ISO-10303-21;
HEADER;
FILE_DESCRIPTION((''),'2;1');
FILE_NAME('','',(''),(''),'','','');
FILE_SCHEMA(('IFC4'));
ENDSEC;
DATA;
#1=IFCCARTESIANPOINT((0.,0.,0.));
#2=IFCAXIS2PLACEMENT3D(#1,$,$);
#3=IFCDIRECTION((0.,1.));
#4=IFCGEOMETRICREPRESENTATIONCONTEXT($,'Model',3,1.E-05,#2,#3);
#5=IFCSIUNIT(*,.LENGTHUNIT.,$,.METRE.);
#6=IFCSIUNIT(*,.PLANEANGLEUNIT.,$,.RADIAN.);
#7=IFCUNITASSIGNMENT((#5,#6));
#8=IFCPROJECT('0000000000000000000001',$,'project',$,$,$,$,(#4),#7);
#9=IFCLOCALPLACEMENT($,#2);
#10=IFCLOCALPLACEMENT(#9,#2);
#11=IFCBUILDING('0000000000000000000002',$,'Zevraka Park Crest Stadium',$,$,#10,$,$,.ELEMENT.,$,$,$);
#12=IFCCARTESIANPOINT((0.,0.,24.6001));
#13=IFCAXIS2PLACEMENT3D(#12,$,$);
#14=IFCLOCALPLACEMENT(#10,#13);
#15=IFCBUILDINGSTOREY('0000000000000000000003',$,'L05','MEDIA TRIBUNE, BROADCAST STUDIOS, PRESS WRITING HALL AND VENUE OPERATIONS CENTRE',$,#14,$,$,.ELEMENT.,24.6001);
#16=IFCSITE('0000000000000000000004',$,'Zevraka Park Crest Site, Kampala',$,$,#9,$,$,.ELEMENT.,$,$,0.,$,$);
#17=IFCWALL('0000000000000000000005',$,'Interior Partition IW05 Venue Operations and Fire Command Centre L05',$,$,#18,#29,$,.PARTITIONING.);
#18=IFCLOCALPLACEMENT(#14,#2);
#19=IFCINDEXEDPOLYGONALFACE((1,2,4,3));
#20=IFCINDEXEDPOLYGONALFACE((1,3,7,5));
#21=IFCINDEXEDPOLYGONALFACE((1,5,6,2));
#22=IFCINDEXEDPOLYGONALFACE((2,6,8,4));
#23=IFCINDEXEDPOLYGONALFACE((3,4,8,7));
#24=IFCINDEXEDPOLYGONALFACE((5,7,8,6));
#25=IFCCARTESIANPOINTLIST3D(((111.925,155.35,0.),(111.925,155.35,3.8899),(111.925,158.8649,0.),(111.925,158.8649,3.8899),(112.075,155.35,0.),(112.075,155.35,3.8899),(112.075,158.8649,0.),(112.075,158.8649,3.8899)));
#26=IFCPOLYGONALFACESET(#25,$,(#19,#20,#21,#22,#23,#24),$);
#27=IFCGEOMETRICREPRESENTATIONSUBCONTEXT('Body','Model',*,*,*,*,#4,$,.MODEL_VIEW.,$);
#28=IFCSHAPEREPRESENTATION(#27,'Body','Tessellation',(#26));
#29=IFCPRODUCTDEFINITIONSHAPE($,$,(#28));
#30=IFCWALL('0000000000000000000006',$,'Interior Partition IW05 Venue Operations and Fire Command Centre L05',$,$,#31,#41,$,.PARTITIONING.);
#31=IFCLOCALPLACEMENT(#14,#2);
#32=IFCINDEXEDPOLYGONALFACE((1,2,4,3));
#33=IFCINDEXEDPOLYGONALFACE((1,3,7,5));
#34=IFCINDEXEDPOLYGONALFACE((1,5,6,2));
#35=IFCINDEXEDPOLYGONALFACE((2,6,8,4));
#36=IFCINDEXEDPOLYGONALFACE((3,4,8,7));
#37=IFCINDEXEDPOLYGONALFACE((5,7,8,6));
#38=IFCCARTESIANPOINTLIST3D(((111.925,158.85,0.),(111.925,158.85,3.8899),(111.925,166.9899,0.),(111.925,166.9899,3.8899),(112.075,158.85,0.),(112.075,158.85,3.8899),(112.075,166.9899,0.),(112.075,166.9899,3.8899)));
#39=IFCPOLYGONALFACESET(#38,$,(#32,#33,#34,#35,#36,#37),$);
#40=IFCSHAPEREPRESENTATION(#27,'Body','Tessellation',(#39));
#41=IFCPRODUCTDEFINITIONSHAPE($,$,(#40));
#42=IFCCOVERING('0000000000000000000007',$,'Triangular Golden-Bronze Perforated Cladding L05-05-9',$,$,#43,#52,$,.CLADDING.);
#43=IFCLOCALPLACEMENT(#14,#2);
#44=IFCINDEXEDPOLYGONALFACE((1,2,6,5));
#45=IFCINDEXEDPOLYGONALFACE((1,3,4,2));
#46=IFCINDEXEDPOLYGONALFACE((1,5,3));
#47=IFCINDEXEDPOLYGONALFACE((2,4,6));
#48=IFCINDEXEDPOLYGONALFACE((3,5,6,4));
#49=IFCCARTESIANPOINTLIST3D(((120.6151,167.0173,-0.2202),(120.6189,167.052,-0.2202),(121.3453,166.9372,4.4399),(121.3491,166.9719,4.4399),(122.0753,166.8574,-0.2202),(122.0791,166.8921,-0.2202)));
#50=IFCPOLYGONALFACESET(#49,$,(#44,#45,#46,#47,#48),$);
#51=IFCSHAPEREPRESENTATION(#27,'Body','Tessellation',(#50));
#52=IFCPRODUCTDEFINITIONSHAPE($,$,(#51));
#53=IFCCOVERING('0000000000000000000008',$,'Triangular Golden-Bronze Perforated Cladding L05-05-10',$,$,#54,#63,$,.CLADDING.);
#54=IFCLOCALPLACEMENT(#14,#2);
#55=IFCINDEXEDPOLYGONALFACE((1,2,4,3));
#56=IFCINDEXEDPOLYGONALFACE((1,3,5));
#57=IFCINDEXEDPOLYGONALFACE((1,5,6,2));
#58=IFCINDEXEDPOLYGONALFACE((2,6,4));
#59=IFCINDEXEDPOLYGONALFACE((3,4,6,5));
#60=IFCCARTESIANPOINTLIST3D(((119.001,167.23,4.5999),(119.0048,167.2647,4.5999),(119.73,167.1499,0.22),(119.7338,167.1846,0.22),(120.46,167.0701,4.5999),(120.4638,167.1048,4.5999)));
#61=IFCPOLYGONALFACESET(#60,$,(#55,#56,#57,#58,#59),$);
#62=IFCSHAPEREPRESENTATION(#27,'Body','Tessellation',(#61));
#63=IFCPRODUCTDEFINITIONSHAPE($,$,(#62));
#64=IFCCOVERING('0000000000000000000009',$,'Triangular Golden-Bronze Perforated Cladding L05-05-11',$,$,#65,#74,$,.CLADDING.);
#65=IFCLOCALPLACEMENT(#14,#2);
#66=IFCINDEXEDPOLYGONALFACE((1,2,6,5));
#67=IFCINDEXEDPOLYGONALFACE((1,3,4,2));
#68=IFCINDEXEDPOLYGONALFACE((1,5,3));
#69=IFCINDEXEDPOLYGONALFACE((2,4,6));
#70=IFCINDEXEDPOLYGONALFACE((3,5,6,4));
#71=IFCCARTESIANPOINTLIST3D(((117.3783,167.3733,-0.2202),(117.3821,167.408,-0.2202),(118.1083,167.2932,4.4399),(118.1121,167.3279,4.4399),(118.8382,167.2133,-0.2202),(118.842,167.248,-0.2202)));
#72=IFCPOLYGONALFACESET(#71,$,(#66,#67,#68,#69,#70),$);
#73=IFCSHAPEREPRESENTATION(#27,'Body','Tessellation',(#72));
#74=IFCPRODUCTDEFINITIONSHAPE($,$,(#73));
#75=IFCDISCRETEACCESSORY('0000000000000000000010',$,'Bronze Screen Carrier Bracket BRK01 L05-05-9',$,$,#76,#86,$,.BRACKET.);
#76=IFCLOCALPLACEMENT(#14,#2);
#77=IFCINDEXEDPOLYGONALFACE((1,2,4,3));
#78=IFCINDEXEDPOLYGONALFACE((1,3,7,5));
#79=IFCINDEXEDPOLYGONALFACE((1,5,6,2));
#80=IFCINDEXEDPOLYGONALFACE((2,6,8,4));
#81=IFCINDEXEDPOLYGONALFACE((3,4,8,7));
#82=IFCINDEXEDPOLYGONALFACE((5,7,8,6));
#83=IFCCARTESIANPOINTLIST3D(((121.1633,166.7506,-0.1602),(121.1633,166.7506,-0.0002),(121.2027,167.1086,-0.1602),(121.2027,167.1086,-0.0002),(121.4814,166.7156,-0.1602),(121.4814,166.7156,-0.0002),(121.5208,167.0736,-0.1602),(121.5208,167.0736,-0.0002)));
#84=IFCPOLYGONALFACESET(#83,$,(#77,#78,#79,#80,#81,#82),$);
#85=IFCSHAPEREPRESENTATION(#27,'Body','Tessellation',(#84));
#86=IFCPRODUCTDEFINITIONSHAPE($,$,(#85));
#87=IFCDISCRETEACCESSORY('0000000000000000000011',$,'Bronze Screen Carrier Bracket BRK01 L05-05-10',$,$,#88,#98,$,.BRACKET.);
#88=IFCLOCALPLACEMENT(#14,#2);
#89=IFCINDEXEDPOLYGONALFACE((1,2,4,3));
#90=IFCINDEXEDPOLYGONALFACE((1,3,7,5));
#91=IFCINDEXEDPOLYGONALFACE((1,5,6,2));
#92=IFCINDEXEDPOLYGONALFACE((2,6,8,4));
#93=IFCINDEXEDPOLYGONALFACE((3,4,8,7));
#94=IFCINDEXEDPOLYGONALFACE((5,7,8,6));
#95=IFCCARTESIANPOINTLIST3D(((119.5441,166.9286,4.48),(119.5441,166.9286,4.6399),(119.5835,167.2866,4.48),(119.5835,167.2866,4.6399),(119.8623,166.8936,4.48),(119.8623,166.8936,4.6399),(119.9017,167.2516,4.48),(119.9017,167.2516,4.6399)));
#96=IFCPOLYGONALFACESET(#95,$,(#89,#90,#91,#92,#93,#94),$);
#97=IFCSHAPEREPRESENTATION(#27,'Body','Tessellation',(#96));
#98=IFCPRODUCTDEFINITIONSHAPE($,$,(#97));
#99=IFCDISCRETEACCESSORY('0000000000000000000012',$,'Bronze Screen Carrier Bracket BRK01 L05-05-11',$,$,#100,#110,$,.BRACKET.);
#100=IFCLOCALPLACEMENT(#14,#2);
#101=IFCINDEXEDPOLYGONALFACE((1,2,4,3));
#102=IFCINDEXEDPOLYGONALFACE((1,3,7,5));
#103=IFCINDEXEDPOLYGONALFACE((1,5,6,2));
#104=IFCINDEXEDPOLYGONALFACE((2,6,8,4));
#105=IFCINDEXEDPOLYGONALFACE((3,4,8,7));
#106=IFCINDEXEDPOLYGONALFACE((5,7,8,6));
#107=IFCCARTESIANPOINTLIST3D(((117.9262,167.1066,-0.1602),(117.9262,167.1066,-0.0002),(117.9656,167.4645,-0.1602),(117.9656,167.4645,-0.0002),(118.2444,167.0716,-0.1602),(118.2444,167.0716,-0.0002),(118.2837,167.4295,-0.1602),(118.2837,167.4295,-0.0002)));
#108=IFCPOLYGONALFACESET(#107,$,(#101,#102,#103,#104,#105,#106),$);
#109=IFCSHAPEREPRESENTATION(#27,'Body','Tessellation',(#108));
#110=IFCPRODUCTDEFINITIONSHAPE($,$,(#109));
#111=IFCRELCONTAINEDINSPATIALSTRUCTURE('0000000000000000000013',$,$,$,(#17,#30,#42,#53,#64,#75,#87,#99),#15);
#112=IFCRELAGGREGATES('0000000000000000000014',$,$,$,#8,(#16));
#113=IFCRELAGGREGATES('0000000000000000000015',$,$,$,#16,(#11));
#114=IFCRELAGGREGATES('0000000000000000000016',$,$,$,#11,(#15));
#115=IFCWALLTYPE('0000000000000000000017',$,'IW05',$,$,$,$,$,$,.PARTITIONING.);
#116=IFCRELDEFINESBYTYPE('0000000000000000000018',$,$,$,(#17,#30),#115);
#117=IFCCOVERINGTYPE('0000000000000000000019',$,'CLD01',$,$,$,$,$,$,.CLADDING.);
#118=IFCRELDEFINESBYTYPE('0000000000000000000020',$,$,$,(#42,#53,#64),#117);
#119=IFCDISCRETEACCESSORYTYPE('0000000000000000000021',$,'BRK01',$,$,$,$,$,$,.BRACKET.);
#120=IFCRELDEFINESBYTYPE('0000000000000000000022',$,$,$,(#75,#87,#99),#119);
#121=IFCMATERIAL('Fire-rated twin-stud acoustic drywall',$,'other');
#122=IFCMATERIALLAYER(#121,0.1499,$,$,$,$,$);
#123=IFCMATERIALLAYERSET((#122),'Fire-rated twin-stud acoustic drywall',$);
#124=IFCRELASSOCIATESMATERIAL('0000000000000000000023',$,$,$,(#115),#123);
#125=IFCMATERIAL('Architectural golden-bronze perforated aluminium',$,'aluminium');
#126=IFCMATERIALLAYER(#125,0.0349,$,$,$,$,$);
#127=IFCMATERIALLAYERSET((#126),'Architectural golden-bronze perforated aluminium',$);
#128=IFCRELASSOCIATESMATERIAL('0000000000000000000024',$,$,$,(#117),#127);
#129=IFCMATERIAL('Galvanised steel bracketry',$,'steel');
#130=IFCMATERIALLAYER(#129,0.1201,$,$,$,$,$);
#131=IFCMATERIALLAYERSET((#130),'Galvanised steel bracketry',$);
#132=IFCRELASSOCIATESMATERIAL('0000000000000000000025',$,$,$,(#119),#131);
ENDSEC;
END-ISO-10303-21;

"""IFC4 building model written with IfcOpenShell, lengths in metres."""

from ifc_helpers import new_model, si_unit, direction, frame, frame_2d, origin, origin_2d, place, context, subcontext, project, spatial, polyline, rectangle, outline, extrude, material, layer, layer_set, type_object, element, save


model = new_model("IFC4")

# Units and contexts
model_context = context("Model", 3, precision=1e-05, world=origin(), true_north=direction((0.0, 1.0)))
body_context = subcontext(model_context, "Body", "Model", "MODEL_VIEW")
ifc_project = project(units=[si_unit("LENGTHUNIT", "METRE"), si_unit("PLANEANGLEUNIT", "RADIAN")], contexts=[model_context])

# Site, building, storey
site_placement = place(None, origin())
site = spatial("IfcSite", under=ifc_project, at=site_placement, Name="Zevraka Park Crest Site, Kampala", CompositionType="ELEMENT", RefElevation=0.0)
building_placement = place(site_placement, origin())
building = spatial("IfcBuilding", under=site, at=building_placement, Name="Zevraka Park Crest Stadium", CompositionType="ELEMENT")
storey_placement = place(building_placement, frame((0.0, 0.0, 24.6001)))
storey = spatial("IfcBuildingStorey", under=building, at=storey_placement, Name="L05", Description="MEDIA TRIBUNE, BROADCAST STUDIOS, PRESS WRITING HALL AND VENUE OPERATIONS CENTRE", CompositionType="ELEMENT", Elevation=24.6001)

# Walls
ifc_material_1 = material(Name="Fire-rated twin-stud acoustic drywall", Category="other")
ifc_layer_1 = layer(ifc_material_1, 0.1499)
ifc_layer_set_1 = layer_set([ifc_layer_1], Name="Fire-rated twin-stud acoustic drywall")
wall_type = type_object("IfcWallType", Name="IW05", PredefinedType="PARTITIONING", material=ifc_layer_set_1)
wall_1_placement = place(storey_placement, frame((112.0, 155.3501, 0.0), z_axis=(0.0, 0.0, 1.0), x_axis=(0.0, 1.0, 0.0)))
element("IfcWall", 1, at=wall_1_placement, inside=storey, type_object=wall_type, Name="Interior Partition IW05 Venue Operations and Fire Command Centre L05", PredefinedType="PARTITIONING", context=body_context, shape_type="SweptSolid", body=[
    extrude(rectangle(XDim=3.5149, YDim=0.1499, at=frame_2d((1.7573, 0.0))), origin(), (0.0, 0.0, 1.0), 3.8899),
])
wall_2_placement = place(storey_placement, frame((112.0, 158.8501, 0.0), z_axis=(0.0, 0.0, 1.0), x_axis=(0.0, 1.0, 0.0)))
element("IfcWall", 2, at=wall_2_placement, inside=storey, type_object=wall_type, Name="Interior Partition IW05 Venue Operations and Fire Command Centre L05", PredefinedType="PARTITIONING", context=body_context, shape_type="SweptSolid", body=[
    extrude(rectangle(XDim=8.1399, YDim=0.1499, at=frame_2d((4.0698, 0.0))), origin(), (0.0, 0.0, 1.0), 3.8899),
])

# Coverings
ifc_material_2 = material(Name="Architectural golden-bronze perforated aluminium", Category="aluminium")
ifc_layer_2 = layer(ifc_material_2, 0.0349)
ifc_layer_set_2 = layer_set([ifc_layer_2], Name="Architectural golden-bronze perforated aluminium")
covering_type = type_object("IfcCoveringType", Name="CLD01", PredefinedType="CLADDING", material=ifc_layer_set_2)
covering_1_placement = place(storey_placement, frame((122.0791, 166.8921, -0.2202), z_axis=(0.108863, 0.994057, 0.000023), x_axis=(-0.994057, 0.108863, 0.0)))
element("IfcCovering", 3, at=covering_1_placement, inside=storey, type_object=covering_type, Name="Triangular Golden-Bronze Perforated Cladding L05-05-9", PredefinedType="CLADDING", context=body_context, shape_type="SweptSolid", body=[
    extrude(outline(polyline([(0.0, 0.0), (1.4689, 0.0), (0.7343, 4.6602), (0.0, 0.0)])), origin(), (0.0, 0.0, -1.0), 0.0349),
])
covering_2_placement = place(storey_placement, frame((119.001, 167.23, 4.5999), z_axis=(-0.108953, -0.994047, 0.00004), x_axis=(0.994047, -0.108953, 0.0)))
element("IfcCovering", 4, at=covering_2_placement, inside=storey, type_object=covering_type, Name="Triangular Golden-Bronze Perforated Cladding L05-05-10", PredefinedType="CLADDING", context=body_context, shape_type="SweptSolid", body=[
    extrude(outline(polyline([(0.0, 0.0), (1.4677, 0.0), (0.7334, -4.3799), (0.0, 0.0)])), origin(), (0.0, 0.0, -1.0), 0.0349),
])
covering_3_placement = place(storey_placement, frame((118.842, 167.248, -0.2202), z_axis=(0.108881, 0.994055, 0.000026), x_axis=(-0.994055, 0.108881, 0.0)))
element("IfcCovering", 5, at=covering_3_placement, inside=storey, type_object=covering_type, Name="Triangular Golden-Bronze Perforated Cladding L05-05-11", PredefinedType="CLADDING", context=body_context, shape_type="SweptSolid", body=[
    extrude(outline(polyline([(0.0, 0.0), (1.4687, 0.0), (0.7343, 4.6602), (0.0, 0.0)])), origin(), (0.0, 0.0, -1.0), 0.0349),
])

# Discrete accessories
ifc_material_3 = material(Name="Galvanised steel bracketry", Category="steel")
ifc_layer_3 = layer(ifc_material_3, 0.1201)
ifc_layer_set_3 = layer_set([ifc_layer_3], Name="Galvanised steel bracketry")
discrete_accessory_type = type_object("IfcDiscreteAccessoryType", Name="BRK01", PredefinedType="BRACKET", material=ifc_layer_set_3)
for number, where, z_axis, x_axis, name in (
    (6, (121.342, 166.9121, -0.1602), (0.0, 0.0, 1.0), (-0.993999, 0.109387, 0.0), "Bronze Screen Carrier Bracket BRK01 L05-05-9"),
    (7, (119.7229, 167.0901, 4.48), (0.0, 0.0, 1.0), (-0.993999, 0.109387, 0.0), "Bronze Screen Carrier Bracket BRK01 L05-05-10"),
    (8, (118.105, 167.2681, -0.1602), (0.0, 0.0, 1.0), (-0.993999, 0.109387, 0.0), "Bronze Screen Carrier Bracket BRK01 L05-05-11"),
):
    element("IfcDiscreteAccessory", number, at=place(storey_placement, frame(where, z_axis=z_axis, x_axis=x_axis)), inside=storey, type_object=discrete_accessory_type, Name=name, PredefinedType="BRACKET", context=body_context, shape_type="SweptSolid", body=[
        extrude(rectangle(XDim=0.3201, YDim=0.3601, at=origin_2d()), origin(), (0.0, 0.0, 1.0), 0.1599),
    ])

save(model, "model.ifc")
